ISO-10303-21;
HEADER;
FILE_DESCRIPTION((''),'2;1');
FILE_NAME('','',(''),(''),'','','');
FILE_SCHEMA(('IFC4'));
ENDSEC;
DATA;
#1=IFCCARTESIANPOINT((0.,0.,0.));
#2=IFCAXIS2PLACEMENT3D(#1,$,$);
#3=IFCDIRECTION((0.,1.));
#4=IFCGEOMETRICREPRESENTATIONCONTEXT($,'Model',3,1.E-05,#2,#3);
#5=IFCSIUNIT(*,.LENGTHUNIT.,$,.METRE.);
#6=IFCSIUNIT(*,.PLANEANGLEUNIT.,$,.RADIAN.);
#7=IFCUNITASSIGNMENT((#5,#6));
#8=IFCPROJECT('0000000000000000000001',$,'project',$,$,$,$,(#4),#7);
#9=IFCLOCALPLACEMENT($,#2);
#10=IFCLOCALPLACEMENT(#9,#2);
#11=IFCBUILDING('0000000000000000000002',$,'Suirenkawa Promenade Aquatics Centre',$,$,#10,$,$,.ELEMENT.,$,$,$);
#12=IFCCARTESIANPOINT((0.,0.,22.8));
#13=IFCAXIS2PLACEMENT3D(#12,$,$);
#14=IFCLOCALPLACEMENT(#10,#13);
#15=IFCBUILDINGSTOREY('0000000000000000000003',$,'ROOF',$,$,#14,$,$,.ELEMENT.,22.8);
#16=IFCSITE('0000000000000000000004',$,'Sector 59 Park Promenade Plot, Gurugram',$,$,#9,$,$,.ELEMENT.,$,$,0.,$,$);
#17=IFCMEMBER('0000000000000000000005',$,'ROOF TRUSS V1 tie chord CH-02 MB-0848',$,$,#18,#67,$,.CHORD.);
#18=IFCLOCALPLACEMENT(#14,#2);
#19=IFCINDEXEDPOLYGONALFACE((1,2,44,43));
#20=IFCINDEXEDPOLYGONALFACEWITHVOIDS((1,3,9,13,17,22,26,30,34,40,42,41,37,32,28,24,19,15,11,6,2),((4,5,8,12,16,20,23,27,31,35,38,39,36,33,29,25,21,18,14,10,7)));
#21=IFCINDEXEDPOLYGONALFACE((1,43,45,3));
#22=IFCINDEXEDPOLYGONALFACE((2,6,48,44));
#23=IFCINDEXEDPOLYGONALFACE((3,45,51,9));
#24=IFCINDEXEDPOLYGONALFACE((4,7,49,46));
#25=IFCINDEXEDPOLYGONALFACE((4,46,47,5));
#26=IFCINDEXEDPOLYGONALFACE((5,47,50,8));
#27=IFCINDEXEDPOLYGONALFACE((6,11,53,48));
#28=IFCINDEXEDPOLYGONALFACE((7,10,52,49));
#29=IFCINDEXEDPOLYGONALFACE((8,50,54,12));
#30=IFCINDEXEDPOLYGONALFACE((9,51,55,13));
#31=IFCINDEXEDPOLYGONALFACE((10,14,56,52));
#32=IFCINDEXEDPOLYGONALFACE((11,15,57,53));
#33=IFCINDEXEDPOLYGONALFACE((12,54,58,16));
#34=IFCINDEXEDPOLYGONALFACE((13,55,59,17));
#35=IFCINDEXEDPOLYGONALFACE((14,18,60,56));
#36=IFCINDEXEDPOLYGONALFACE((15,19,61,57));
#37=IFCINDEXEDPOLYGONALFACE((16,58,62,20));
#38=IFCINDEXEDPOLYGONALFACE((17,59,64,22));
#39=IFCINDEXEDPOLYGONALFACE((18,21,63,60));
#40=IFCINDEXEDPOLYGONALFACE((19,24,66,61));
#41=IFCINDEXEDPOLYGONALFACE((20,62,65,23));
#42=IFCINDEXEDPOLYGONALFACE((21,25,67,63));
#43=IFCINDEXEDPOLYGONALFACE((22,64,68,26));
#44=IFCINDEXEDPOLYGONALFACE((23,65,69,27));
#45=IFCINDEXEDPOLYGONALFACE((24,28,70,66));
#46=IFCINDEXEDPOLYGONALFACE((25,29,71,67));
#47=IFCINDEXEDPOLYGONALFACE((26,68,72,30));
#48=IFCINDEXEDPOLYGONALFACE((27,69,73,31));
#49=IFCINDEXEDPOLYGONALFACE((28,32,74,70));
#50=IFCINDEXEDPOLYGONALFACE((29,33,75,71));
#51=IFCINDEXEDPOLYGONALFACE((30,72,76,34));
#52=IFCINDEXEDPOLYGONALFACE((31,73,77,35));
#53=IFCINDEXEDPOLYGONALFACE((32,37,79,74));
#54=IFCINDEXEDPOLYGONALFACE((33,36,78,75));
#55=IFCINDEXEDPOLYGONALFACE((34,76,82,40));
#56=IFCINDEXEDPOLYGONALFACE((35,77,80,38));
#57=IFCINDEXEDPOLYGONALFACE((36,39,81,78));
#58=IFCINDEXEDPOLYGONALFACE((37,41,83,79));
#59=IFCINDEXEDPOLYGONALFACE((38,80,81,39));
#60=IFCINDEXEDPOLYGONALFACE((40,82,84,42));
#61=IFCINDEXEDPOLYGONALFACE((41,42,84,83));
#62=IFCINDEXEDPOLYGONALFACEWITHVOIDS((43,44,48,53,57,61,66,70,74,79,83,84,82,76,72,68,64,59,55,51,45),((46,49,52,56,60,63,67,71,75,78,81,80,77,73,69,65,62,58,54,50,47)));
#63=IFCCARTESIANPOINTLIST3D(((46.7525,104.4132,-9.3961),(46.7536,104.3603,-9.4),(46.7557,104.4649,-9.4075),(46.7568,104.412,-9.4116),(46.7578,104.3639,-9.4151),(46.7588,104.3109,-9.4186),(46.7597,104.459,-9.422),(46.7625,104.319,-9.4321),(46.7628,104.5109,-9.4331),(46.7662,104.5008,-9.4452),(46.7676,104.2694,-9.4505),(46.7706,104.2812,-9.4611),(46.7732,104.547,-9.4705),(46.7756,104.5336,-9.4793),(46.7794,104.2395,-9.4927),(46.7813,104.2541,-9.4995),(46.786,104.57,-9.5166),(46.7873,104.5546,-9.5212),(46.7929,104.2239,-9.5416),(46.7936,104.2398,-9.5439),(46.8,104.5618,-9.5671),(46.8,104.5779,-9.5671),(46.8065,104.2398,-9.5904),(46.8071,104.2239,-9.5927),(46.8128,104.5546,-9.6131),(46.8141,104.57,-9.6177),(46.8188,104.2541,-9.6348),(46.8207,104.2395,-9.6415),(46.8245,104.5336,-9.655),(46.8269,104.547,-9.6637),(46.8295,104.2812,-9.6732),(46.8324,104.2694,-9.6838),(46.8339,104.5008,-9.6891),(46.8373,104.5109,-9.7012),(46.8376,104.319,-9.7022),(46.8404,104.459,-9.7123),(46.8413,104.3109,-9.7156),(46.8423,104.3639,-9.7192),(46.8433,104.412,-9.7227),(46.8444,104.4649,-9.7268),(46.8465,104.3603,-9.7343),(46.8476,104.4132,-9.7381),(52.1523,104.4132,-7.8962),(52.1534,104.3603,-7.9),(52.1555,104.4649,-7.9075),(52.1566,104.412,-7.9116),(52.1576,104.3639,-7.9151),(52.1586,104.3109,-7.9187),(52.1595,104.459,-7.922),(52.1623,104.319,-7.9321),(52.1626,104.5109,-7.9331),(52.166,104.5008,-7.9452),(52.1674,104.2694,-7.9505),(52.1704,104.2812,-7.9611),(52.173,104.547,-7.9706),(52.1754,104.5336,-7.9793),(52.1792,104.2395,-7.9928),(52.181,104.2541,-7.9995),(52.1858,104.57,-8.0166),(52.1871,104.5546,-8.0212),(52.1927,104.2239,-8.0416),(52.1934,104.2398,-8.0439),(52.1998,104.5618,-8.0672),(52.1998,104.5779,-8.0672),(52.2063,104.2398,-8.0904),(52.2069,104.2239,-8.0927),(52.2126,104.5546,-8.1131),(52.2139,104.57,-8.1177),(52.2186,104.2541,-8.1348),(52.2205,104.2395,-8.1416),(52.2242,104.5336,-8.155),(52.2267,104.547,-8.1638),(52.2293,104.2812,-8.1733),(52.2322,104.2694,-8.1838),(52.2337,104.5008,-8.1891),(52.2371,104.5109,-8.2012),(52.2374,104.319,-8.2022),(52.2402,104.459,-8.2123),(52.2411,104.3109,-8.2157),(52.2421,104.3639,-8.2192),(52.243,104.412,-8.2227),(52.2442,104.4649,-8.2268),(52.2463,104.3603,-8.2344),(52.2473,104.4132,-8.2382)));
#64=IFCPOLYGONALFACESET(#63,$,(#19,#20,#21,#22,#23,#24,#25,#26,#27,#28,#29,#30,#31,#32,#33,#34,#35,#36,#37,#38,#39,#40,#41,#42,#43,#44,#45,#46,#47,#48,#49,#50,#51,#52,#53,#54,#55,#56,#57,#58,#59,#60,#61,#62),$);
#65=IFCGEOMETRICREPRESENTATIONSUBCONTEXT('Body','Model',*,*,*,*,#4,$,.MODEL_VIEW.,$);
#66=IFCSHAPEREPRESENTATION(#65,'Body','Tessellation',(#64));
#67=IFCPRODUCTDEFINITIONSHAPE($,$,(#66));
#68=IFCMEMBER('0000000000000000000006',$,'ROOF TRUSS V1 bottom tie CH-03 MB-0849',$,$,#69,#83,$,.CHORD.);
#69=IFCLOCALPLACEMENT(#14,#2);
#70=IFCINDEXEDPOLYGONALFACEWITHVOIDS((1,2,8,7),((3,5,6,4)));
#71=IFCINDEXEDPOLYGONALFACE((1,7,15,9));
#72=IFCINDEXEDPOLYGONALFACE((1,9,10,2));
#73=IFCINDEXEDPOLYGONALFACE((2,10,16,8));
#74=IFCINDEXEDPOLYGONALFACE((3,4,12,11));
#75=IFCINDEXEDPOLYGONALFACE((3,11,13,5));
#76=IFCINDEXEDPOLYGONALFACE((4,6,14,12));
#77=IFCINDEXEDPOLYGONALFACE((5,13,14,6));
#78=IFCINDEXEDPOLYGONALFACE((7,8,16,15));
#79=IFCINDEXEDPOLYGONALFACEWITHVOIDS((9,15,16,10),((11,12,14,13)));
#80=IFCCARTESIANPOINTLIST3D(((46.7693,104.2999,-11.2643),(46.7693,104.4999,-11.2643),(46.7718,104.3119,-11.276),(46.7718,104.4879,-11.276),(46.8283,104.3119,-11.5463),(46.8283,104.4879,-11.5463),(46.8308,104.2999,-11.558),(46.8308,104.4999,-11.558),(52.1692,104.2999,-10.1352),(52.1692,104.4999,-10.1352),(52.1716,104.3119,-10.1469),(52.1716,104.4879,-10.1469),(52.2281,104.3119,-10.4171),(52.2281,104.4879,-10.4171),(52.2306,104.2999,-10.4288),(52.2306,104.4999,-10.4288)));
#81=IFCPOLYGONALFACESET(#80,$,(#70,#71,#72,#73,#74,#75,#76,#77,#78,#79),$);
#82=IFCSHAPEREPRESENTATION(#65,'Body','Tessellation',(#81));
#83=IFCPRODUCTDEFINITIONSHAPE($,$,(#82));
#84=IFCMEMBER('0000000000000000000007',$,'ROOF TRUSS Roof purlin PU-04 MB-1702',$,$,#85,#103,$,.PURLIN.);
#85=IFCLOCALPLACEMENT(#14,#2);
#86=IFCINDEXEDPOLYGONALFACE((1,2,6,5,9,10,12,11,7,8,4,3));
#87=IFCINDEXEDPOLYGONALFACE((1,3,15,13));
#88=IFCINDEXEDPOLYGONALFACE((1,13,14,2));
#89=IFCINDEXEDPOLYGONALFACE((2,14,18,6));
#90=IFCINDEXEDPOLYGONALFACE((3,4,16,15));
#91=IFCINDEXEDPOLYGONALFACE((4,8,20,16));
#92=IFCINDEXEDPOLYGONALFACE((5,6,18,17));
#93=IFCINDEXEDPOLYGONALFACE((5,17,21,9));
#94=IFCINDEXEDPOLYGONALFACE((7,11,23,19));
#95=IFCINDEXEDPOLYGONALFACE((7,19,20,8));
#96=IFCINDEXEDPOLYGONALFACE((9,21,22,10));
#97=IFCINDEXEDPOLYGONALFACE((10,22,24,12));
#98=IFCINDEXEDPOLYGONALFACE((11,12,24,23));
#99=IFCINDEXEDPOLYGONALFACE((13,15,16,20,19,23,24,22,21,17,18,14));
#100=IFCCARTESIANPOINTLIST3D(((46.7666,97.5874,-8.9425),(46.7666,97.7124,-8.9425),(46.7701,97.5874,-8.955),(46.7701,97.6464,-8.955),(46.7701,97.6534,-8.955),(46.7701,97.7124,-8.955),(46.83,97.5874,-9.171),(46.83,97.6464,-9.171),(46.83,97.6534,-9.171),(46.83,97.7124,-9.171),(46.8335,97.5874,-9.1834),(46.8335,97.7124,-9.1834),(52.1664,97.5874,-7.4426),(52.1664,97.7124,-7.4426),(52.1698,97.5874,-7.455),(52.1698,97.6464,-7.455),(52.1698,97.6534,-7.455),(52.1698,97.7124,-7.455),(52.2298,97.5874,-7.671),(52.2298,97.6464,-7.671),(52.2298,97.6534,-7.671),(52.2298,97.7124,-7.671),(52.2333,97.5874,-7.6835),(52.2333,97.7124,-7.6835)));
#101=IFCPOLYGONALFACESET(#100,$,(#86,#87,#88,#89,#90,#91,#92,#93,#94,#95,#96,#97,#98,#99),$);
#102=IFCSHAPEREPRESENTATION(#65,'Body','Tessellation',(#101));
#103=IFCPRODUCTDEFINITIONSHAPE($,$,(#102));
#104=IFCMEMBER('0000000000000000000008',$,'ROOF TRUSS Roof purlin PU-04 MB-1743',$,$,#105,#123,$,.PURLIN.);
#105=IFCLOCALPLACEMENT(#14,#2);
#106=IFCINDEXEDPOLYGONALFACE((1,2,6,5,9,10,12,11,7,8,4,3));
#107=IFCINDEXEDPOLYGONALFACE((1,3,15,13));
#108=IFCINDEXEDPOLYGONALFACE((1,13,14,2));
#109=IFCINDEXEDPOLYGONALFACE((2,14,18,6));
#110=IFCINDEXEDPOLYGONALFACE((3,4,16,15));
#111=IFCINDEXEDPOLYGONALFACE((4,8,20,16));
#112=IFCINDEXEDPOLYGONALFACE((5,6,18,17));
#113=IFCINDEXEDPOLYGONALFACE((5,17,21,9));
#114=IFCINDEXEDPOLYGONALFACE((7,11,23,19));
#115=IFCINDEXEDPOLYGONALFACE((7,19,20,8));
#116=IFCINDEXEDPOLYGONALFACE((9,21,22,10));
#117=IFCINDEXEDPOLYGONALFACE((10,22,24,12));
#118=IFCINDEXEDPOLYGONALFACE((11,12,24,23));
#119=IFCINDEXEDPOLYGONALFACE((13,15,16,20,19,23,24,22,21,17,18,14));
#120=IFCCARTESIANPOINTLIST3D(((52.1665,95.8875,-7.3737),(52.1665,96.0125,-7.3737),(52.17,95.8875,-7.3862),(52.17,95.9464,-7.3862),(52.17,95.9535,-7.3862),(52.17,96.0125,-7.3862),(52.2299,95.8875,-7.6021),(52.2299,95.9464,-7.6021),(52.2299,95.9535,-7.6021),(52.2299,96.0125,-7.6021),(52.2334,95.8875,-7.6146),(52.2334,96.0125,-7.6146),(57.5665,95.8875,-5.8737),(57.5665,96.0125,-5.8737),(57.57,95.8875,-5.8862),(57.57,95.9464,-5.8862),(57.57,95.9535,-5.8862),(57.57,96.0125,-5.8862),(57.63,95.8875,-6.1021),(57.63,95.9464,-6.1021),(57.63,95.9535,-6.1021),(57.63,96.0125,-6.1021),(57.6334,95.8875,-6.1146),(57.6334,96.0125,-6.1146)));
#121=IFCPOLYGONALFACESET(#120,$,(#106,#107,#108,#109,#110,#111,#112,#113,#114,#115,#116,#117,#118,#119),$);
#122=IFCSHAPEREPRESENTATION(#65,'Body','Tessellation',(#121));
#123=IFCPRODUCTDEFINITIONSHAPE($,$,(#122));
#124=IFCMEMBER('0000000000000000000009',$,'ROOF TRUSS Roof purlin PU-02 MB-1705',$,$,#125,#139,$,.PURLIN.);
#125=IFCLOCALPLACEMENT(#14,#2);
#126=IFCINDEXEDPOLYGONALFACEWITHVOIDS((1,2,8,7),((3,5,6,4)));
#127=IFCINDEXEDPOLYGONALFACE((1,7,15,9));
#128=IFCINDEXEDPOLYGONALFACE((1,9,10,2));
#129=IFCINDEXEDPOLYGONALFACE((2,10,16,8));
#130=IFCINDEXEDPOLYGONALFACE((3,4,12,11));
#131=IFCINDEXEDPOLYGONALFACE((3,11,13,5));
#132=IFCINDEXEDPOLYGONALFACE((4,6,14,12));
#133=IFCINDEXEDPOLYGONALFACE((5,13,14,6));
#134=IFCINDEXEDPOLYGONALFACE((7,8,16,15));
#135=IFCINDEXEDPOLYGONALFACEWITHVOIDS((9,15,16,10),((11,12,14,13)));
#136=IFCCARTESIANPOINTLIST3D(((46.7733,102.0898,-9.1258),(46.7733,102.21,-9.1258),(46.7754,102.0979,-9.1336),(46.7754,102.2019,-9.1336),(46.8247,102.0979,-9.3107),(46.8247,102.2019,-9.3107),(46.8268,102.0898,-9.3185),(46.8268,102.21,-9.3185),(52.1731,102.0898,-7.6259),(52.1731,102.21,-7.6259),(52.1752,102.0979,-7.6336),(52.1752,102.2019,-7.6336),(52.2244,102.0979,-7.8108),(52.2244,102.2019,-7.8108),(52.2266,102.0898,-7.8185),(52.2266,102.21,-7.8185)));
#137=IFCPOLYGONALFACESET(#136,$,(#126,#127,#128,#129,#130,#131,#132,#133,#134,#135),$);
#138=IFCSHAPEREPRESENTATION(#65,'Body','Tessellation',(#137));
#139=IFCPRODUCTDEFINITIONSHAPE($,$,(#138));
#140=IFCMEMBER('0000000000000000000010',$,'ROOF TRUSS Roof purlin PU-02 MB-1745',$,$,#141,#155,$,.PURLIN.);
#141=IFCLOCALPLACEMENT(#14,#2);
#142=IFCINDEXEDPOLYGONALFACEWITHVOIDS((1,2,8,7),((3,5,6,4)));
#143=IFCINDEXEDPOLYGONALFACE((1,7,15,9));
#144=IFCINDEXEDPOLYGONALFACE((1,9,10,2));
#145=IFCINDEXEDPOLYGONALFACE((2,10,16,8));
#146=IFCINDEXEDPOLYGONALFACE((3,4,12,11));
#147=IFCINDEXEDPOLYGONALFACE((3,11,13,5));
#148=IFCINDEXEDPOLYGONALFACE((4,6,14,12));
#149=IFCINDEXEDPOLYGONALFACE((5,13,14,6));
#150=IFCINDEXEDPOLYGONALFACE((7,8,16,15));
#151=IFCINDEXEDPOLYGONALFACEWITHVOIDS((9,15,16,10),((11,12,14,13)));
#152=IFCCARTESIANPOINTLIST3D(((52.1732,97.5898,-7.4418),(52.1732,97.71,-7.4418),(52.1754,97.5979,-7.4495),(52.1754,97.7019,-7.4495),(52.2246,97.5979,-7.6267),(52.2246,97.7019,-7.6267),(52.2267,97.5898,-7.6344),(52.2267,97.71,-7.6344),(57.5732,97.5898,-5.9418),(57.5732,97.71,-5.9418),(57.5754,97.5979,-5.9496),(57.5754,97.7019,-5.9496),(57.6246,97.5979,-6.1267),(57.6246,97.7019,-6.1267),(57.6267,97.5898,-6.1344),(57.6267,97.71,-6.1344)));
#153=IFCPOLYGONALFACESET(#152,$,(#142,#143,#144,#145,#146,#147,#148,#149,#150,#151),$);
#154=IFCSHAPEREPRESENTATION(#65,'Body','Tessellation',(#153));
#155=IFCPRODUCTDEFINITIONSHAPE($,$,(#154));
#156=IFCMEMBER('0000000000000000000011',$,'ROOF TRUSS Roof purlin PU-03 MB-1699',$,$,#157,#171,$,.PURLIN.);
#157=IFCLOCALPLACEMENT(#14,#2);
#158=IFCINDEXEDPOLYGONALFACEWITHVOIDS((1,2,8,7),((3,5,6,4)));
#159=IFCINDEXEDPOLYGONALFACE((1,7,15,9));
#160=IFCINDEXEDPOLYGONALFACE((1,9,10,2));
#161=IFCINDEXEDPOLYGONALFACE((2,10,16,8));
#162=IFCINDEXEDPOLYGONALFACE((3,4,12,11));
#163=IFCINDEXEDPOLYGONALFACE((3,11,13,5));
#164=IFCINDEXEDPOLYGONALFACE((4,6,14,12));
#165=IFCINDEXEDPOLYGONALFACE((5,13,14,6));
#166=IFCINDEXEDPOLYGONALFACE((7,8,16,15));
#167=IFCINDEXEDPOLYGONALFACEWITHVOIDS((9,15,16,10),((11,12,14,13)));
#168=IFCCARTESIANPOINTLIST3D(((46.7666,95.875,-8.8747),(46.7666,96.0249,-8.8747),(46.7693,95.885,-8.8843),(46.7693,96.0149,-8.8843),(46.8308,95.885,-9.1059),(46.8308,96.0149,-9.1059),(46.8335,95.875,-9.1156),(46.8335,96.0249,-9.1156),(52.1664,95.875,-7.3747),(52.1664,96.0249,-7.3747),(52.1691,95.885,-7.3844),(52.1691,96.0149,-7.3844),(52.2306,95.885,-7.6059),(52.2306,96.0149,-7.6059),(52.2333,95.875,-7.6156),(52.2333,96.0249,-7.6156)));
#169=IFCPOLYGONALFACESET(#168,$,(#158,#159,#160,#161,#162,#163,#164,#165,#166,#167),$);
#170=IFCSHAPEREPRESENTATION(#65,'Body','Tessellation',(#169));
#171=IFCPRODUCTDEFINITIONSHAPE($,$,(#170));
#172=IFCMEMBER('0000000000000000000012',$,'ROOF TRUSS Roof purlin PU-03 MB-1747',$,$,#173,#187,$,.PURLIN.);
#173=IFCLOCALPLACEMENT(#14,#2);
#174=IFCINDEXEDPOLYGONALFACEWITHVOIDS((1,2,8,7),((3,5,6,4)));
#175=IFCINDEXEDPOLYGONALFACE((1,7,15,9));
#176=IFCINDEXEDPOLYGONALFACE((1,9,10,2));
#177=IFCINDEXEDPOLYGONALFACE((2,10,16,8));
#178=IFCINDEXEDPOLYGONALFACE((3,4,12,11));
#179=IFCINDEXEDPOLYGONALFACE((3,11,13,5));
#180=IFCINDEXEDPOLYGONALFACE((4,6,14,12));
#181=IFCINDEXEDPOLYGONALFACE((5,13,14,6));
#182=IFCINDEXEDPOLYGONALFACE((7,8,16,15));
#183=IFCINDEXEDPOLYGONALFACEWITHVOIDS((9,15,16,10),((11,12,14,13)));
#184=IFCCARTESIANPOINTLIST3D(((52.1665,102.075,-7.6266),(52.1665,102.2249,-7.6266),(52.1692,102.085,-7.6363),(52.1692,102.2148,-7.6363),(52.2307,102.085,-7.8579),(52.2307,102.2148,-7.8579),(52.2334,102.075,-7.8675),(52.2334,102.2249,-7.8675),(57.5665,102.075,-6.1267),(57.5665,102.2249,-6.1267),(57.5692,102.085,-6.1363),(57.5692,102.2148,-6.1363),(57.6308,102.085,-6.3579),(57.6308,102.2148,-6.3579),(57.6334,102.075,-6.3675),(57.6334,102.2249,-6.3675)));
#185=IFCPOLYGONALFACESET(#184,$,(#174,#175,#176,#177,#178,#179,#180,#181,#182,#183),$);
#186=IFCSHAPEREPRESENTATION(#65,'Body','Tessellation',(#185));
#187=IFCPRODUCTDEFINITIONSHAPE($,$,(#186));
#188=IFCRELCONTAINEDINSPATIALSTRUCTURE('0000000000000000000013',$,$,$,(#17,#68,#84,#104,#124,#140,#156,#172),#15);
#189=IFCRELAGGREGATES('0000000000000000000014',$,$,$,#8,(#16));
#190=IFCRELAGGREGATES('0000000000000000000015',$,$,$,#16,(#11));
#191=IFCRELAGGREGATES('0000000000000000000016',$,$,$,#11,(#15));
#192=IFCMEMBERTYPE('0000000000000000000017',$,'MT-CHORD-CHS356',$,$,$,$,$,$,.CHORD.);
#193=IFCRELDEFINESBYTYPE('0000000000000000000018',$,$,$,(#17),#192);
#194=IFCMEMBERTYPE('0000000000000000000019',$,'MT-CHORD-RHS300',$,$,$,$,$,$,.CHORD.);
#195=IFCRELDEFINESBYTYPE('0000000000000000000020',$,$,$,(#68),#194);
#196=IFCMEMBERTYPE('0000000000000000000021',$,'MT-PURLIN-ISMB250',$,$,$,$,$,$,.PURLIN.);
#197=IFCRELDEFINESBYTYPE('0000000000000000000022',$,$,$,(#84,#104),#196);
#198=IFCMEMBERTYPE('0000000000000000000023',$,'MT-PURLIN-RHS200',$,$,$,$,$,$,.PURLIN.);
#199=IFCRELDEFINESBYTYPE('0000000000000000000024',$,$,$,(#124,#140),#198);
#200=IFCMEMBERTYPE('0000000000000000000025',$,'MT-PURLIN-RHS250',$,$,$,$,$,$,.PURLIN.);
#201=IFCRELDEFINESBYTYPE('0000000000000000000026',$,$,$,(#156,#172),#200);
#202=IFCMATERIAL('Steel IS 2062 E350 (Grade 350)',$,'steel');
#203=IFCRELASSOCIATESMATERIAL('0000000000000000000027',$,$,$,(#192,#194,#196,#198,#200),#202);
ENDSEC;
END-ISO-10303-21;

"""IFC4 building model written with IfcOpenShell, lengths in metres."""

from ifc_helpers import new_model, si_unit, direction, frame, origin, origin_2d, place, context, subcontext, project, spatial, hollow_rectangle, hollow_circle, i_section, extrude, material, material_profile, profile_set, type_object, element, save


model = new_model("IFC4")

# Units and contexts
model_context = context("Model", 3, precision=1e-05, world=origin(), true_north=direction((0.0, 1.0)))
body_context = subcontext(model_context, "Body", "Model", "MODEL_VIEW")
ifc_project = project(units=[si_unit("LENGTHUNIT", "METRE"), si_unit("PLANEANGLEUNIT", "RADIAN")], contexts=[model_context])

# Site, building, storey
site_placement = place(None, origin())
site = spatial("IfcSite", under=ifc_project, at=site_placement, Name="Sector 59 Park Promenade Plot, Gurugram", CompositionType="ELEMENT", RefElevation=0.0)
building_placement = place(site_placement, origin())
building = spatial("IfcBuilding", under=site, at=building_placement, Name="Suirenkawa Promenade Aquatics Centre", CompositionType="ELEMENT")
storey_placement = place(building_placement, frame((0.0, 0.0, 22.8)))
storey = spatial("IfcBuildingStorey", under=building, at=storey_placement, Name="ROOF", CompositionType="ELEMENT", Elevation=22.8)

# Shared definitions
ifc_material = material(Name="Steel IS 2062 E350 (Grade 350)", Category="steel")

# Members
ifc_material_profile_1 = material_profile(ifc_material, hollow_circle(Radius=0.178, WallThickness=0.0161, at=origin_2d()), Name="CHS 356x16", Category="steel")
ifc_profile_set_1 = profile_set([ifc_material_profile_1], Name="Steel IS 2062 E350 (Grade 350)")
member_type_1 = type_object("IfcMemberType", Name="MT-CHORD-CHS356", PredefinedType="CHORD", material=ifc_profile_set_1)
member_1_placement = place(storey_placement, frame((46.8, 104.3999, -9.5671), z_axis=(0.963517, 0.0, 0.267648), x_axis=(0.0, 1.0, 0.0)))
element("IfcMember", 1, at=member_1_placement, inside=storey, type_object=member_type_1, Name="ROOF TRUSS V1 tie chord CH-02 MB-0848", PredefinedType="CHORD", context=body_context, shape_type="SweptSolid", body=[
    extrude(hollow_circle(Radius=0.178, WallThickness=0.0161, at=origin_2d()), origin(), (0.0, 0.0, 1.0), 5.6042),
])
ifc_material_profile_2 = material_profile(ifc_material, hollow_rectangle(XDim=0.2, YDim=0.3, WallThickness=0.012, at=origin_2d()), Name="RHS 300x200x12", Category="steel")
ifc_profile_set_2 = profile_set([ifc_material_profile_2], Name="Steel IS 2062 E350 (Grade 350)")
member_type_2 = type_object("IfcMemberType", Name="MT-CHORD-RHS300", PredefinedType="CHORD", material=ifc_profile_set_2)
member_2_placement = place(storey_placement, frame((46.8, 104.3999, -11.4111), z_axis=(0.978829, 0.0, 0.204679), x_axis=(0.0, 1.0, 0.0)))
element("IfcMember", 2, at=member_2_placement, inside=storey, type_object=member_type_2, Name="ROOF TRUSS V1 bottom tie CH-03 MB-0849", PredefinedType="CHORD", context=body_context, shape_type="SweptSolid", body=[
    extrude(hollow_rectangle(XDim=0.2, YDim=0.3, WallThickness=0.012, at=origin_2d()), origin(), (0.0, 0.0, 1.0), 5.5166),
])
ifc_material_profile_3 = material_profile(ifc_material, i_section(OverallWidth=0.125, OverallDepth=0.25, WebThickness=0.0071, FlangeThickness=0.0129, at=origin_2d()), Name="ISMB 250", Category="steel")
ifc_profile_set_3 = profile_set([ifc_material_profile_3], Name="Steel IS 2062 E350 (Grade 350)")
member_type_3 = type_object("IfcMemberType", Name="MT-PURLIN-ISMB250", PredefinedType="PURLIN", material=ifc_profile_set_3)
member_3_placement = place(storey_placement, frame((46.8, 97.6499, -9.063), z_axis=(0.963517, 0.0, 0.267648), x_axis=(0.0, 1.0, 0.0)))
element("IfcMember", 3, at=member_3_placement, inside=storey, type_object=member_type_3, Name="ROOF TRUSS Roof purlin PU-04 MB-1702", PredefinedType="PURLIN", context=body_context, shape_type="SweptSolid", body=[
    extrude(i_section(OverallWidth=0.125, OverallDepth=0.25, WebThickness=0.0071, FlangeThickness=0.0129, at=origin_2d()), origin(), (0.0, 0.0, 1.0), 5.6042),
])
member_4_placement = place(storey_placement, frame((52.2, 95.95, -7.4941), z_axis=(0.96352, 0.0, 0.267637), x_axis=(0.0, 1.0, 0.0)))
element("IfcMember", 4, at=member_4_placement, inside=storey, type_object=member_type_3, Name="ROOF TRUSS Roof purlin PU-04 MB-1743", PredefinedType="PURLIN", context=body_context, shape_type="SweptSolid", body=[
    extrude(i_section(OverallWidth=0.125, OverallDepth=0.25, WebThickness=0.0071, FlangeThickness=0.0129, at=origin_2d()), origin(), (0.0, 0.0, 1.0), 5.6045),
])
ifc_material_profile_4 = material_profile(ifc_material, hollow_rectangle(XDim=0.1201, YDim=0.2, WallThickness=0.0081, at=origin_2d()), Name="RHS 200x120x8", Category="steel")
ifc_profile_set_4 = profile_set([ifc_material_profile_4], Name="Steel IS 2062 E350 (Grade 350)")
member_type_4 = type_object("IfcMemberType", Name="MT-PURLIN-RHS200", PredefinedType="PURLIN", material=ifc_profile_set_4)
member_5_placement = place(storey_placement, frame((46.8, 102.1499, -9.2222), z_axis=(0.963517, 0.0, 0.267648), x_axis=(0.0, 1.0, 0.0)))
element("IfcMember", 5, at=member_5_placement, inside=storey, type_object=member_type_4, Name="ROOF TRUSS Roof purlin PU-02 MB-1705", PredefinedType="PURLIN", context=body_context, shape_type="SweptSolid", body=[
    extrude(hollow_rectangle(XDim=0.1201, YDim=0.2, WallThickness=0.0081, at=origin_2d()), origin(), (0.0, 0.0, 1.0), 5.6042),
])
member_6_placement = place(storey_placement, frame((52.2, 97.6499, -7.5381), z_axis=(0.96352, 0.0, 0.267637), x_axis=(0.0, 1.0, 0.0)))
element("IfcMember", 6, at=member_6_placement, inside=storey, type_object=member_type_4, Name="ROOF TRUSS Roof purlin PU-02 MB-1745", PredefinedType="PURLIN", context=body_context, shape_type="SweptSolid", body=[
    extrude(hollow_rectangle(XDim=0.1201, YDim=0.2, WallThickness=0.0081, at=origin_2d()), origin(), (0.0, 0.0, 1.0), 5.6045),
])
ifc_material_profile_5 = material_profile(ifc_material, hollow_rectangle(XDim=0.1499, YDim=0.25, WallThickness=0.01, at=origin_2d()), Name="RHS 250x150x10", Category="steel")
ifc_profile_set_5 = profile_set([ifc_material_profile_5], Name="Steel IS 2062 E350 (Grade 350)")
member_type_5 = type_object("IfcMemberType", Name="MT-PURLIN-RHS250", PredefinedType="PURLIN", material=ifc_profile_set_5)
member_7_placement = place(storey_placement, frame((46.8, 95.95, -8.9951), z_axis=(0.963517, 0.0, 0.267648), x_axis=(0.0, 1.0, 0.0)))
element("IfcMember", 7, at=member_7_placement, inside=storey, type_object=member_type_5, Name="ROOF TRUSS Roof purlin PU-03 MB-1699", PredefinedType="PURLIN", context=body_context, shape_type="SweptSolid", body=[
    extrude(hollow_rectangle(XDim=0.1499, YDim=0.25, WallThickness=0.01, at=origin_2d()), origin(), (0.0, 0.0, 1.0), 5.6042),
])
member_8_placement = place(storey_placement, frame((52.2, 102.1499, -7.7471), z_axis=(0.96352, 0.0, 0.267637), x_axis=(0.0, 1.0, 0.0)))
element("IfcMember", 8, at=member_8_placement, inside=storey, type_object=member_type_5, Name="ROOF TRUSS Roof purlin PU-03 MB-1747", PredefinedType="PURLIN", context=body_context, shape_type="SweptSolid", body=[
    extrude(hollow_rectangle(XDim=0.1499, YDim=0.25, WallThickness=0.01, at=origin_2d()), origin(), (0.0, 0.0, 1.0), 5.6045),
])

save(model, "model.ifc")
